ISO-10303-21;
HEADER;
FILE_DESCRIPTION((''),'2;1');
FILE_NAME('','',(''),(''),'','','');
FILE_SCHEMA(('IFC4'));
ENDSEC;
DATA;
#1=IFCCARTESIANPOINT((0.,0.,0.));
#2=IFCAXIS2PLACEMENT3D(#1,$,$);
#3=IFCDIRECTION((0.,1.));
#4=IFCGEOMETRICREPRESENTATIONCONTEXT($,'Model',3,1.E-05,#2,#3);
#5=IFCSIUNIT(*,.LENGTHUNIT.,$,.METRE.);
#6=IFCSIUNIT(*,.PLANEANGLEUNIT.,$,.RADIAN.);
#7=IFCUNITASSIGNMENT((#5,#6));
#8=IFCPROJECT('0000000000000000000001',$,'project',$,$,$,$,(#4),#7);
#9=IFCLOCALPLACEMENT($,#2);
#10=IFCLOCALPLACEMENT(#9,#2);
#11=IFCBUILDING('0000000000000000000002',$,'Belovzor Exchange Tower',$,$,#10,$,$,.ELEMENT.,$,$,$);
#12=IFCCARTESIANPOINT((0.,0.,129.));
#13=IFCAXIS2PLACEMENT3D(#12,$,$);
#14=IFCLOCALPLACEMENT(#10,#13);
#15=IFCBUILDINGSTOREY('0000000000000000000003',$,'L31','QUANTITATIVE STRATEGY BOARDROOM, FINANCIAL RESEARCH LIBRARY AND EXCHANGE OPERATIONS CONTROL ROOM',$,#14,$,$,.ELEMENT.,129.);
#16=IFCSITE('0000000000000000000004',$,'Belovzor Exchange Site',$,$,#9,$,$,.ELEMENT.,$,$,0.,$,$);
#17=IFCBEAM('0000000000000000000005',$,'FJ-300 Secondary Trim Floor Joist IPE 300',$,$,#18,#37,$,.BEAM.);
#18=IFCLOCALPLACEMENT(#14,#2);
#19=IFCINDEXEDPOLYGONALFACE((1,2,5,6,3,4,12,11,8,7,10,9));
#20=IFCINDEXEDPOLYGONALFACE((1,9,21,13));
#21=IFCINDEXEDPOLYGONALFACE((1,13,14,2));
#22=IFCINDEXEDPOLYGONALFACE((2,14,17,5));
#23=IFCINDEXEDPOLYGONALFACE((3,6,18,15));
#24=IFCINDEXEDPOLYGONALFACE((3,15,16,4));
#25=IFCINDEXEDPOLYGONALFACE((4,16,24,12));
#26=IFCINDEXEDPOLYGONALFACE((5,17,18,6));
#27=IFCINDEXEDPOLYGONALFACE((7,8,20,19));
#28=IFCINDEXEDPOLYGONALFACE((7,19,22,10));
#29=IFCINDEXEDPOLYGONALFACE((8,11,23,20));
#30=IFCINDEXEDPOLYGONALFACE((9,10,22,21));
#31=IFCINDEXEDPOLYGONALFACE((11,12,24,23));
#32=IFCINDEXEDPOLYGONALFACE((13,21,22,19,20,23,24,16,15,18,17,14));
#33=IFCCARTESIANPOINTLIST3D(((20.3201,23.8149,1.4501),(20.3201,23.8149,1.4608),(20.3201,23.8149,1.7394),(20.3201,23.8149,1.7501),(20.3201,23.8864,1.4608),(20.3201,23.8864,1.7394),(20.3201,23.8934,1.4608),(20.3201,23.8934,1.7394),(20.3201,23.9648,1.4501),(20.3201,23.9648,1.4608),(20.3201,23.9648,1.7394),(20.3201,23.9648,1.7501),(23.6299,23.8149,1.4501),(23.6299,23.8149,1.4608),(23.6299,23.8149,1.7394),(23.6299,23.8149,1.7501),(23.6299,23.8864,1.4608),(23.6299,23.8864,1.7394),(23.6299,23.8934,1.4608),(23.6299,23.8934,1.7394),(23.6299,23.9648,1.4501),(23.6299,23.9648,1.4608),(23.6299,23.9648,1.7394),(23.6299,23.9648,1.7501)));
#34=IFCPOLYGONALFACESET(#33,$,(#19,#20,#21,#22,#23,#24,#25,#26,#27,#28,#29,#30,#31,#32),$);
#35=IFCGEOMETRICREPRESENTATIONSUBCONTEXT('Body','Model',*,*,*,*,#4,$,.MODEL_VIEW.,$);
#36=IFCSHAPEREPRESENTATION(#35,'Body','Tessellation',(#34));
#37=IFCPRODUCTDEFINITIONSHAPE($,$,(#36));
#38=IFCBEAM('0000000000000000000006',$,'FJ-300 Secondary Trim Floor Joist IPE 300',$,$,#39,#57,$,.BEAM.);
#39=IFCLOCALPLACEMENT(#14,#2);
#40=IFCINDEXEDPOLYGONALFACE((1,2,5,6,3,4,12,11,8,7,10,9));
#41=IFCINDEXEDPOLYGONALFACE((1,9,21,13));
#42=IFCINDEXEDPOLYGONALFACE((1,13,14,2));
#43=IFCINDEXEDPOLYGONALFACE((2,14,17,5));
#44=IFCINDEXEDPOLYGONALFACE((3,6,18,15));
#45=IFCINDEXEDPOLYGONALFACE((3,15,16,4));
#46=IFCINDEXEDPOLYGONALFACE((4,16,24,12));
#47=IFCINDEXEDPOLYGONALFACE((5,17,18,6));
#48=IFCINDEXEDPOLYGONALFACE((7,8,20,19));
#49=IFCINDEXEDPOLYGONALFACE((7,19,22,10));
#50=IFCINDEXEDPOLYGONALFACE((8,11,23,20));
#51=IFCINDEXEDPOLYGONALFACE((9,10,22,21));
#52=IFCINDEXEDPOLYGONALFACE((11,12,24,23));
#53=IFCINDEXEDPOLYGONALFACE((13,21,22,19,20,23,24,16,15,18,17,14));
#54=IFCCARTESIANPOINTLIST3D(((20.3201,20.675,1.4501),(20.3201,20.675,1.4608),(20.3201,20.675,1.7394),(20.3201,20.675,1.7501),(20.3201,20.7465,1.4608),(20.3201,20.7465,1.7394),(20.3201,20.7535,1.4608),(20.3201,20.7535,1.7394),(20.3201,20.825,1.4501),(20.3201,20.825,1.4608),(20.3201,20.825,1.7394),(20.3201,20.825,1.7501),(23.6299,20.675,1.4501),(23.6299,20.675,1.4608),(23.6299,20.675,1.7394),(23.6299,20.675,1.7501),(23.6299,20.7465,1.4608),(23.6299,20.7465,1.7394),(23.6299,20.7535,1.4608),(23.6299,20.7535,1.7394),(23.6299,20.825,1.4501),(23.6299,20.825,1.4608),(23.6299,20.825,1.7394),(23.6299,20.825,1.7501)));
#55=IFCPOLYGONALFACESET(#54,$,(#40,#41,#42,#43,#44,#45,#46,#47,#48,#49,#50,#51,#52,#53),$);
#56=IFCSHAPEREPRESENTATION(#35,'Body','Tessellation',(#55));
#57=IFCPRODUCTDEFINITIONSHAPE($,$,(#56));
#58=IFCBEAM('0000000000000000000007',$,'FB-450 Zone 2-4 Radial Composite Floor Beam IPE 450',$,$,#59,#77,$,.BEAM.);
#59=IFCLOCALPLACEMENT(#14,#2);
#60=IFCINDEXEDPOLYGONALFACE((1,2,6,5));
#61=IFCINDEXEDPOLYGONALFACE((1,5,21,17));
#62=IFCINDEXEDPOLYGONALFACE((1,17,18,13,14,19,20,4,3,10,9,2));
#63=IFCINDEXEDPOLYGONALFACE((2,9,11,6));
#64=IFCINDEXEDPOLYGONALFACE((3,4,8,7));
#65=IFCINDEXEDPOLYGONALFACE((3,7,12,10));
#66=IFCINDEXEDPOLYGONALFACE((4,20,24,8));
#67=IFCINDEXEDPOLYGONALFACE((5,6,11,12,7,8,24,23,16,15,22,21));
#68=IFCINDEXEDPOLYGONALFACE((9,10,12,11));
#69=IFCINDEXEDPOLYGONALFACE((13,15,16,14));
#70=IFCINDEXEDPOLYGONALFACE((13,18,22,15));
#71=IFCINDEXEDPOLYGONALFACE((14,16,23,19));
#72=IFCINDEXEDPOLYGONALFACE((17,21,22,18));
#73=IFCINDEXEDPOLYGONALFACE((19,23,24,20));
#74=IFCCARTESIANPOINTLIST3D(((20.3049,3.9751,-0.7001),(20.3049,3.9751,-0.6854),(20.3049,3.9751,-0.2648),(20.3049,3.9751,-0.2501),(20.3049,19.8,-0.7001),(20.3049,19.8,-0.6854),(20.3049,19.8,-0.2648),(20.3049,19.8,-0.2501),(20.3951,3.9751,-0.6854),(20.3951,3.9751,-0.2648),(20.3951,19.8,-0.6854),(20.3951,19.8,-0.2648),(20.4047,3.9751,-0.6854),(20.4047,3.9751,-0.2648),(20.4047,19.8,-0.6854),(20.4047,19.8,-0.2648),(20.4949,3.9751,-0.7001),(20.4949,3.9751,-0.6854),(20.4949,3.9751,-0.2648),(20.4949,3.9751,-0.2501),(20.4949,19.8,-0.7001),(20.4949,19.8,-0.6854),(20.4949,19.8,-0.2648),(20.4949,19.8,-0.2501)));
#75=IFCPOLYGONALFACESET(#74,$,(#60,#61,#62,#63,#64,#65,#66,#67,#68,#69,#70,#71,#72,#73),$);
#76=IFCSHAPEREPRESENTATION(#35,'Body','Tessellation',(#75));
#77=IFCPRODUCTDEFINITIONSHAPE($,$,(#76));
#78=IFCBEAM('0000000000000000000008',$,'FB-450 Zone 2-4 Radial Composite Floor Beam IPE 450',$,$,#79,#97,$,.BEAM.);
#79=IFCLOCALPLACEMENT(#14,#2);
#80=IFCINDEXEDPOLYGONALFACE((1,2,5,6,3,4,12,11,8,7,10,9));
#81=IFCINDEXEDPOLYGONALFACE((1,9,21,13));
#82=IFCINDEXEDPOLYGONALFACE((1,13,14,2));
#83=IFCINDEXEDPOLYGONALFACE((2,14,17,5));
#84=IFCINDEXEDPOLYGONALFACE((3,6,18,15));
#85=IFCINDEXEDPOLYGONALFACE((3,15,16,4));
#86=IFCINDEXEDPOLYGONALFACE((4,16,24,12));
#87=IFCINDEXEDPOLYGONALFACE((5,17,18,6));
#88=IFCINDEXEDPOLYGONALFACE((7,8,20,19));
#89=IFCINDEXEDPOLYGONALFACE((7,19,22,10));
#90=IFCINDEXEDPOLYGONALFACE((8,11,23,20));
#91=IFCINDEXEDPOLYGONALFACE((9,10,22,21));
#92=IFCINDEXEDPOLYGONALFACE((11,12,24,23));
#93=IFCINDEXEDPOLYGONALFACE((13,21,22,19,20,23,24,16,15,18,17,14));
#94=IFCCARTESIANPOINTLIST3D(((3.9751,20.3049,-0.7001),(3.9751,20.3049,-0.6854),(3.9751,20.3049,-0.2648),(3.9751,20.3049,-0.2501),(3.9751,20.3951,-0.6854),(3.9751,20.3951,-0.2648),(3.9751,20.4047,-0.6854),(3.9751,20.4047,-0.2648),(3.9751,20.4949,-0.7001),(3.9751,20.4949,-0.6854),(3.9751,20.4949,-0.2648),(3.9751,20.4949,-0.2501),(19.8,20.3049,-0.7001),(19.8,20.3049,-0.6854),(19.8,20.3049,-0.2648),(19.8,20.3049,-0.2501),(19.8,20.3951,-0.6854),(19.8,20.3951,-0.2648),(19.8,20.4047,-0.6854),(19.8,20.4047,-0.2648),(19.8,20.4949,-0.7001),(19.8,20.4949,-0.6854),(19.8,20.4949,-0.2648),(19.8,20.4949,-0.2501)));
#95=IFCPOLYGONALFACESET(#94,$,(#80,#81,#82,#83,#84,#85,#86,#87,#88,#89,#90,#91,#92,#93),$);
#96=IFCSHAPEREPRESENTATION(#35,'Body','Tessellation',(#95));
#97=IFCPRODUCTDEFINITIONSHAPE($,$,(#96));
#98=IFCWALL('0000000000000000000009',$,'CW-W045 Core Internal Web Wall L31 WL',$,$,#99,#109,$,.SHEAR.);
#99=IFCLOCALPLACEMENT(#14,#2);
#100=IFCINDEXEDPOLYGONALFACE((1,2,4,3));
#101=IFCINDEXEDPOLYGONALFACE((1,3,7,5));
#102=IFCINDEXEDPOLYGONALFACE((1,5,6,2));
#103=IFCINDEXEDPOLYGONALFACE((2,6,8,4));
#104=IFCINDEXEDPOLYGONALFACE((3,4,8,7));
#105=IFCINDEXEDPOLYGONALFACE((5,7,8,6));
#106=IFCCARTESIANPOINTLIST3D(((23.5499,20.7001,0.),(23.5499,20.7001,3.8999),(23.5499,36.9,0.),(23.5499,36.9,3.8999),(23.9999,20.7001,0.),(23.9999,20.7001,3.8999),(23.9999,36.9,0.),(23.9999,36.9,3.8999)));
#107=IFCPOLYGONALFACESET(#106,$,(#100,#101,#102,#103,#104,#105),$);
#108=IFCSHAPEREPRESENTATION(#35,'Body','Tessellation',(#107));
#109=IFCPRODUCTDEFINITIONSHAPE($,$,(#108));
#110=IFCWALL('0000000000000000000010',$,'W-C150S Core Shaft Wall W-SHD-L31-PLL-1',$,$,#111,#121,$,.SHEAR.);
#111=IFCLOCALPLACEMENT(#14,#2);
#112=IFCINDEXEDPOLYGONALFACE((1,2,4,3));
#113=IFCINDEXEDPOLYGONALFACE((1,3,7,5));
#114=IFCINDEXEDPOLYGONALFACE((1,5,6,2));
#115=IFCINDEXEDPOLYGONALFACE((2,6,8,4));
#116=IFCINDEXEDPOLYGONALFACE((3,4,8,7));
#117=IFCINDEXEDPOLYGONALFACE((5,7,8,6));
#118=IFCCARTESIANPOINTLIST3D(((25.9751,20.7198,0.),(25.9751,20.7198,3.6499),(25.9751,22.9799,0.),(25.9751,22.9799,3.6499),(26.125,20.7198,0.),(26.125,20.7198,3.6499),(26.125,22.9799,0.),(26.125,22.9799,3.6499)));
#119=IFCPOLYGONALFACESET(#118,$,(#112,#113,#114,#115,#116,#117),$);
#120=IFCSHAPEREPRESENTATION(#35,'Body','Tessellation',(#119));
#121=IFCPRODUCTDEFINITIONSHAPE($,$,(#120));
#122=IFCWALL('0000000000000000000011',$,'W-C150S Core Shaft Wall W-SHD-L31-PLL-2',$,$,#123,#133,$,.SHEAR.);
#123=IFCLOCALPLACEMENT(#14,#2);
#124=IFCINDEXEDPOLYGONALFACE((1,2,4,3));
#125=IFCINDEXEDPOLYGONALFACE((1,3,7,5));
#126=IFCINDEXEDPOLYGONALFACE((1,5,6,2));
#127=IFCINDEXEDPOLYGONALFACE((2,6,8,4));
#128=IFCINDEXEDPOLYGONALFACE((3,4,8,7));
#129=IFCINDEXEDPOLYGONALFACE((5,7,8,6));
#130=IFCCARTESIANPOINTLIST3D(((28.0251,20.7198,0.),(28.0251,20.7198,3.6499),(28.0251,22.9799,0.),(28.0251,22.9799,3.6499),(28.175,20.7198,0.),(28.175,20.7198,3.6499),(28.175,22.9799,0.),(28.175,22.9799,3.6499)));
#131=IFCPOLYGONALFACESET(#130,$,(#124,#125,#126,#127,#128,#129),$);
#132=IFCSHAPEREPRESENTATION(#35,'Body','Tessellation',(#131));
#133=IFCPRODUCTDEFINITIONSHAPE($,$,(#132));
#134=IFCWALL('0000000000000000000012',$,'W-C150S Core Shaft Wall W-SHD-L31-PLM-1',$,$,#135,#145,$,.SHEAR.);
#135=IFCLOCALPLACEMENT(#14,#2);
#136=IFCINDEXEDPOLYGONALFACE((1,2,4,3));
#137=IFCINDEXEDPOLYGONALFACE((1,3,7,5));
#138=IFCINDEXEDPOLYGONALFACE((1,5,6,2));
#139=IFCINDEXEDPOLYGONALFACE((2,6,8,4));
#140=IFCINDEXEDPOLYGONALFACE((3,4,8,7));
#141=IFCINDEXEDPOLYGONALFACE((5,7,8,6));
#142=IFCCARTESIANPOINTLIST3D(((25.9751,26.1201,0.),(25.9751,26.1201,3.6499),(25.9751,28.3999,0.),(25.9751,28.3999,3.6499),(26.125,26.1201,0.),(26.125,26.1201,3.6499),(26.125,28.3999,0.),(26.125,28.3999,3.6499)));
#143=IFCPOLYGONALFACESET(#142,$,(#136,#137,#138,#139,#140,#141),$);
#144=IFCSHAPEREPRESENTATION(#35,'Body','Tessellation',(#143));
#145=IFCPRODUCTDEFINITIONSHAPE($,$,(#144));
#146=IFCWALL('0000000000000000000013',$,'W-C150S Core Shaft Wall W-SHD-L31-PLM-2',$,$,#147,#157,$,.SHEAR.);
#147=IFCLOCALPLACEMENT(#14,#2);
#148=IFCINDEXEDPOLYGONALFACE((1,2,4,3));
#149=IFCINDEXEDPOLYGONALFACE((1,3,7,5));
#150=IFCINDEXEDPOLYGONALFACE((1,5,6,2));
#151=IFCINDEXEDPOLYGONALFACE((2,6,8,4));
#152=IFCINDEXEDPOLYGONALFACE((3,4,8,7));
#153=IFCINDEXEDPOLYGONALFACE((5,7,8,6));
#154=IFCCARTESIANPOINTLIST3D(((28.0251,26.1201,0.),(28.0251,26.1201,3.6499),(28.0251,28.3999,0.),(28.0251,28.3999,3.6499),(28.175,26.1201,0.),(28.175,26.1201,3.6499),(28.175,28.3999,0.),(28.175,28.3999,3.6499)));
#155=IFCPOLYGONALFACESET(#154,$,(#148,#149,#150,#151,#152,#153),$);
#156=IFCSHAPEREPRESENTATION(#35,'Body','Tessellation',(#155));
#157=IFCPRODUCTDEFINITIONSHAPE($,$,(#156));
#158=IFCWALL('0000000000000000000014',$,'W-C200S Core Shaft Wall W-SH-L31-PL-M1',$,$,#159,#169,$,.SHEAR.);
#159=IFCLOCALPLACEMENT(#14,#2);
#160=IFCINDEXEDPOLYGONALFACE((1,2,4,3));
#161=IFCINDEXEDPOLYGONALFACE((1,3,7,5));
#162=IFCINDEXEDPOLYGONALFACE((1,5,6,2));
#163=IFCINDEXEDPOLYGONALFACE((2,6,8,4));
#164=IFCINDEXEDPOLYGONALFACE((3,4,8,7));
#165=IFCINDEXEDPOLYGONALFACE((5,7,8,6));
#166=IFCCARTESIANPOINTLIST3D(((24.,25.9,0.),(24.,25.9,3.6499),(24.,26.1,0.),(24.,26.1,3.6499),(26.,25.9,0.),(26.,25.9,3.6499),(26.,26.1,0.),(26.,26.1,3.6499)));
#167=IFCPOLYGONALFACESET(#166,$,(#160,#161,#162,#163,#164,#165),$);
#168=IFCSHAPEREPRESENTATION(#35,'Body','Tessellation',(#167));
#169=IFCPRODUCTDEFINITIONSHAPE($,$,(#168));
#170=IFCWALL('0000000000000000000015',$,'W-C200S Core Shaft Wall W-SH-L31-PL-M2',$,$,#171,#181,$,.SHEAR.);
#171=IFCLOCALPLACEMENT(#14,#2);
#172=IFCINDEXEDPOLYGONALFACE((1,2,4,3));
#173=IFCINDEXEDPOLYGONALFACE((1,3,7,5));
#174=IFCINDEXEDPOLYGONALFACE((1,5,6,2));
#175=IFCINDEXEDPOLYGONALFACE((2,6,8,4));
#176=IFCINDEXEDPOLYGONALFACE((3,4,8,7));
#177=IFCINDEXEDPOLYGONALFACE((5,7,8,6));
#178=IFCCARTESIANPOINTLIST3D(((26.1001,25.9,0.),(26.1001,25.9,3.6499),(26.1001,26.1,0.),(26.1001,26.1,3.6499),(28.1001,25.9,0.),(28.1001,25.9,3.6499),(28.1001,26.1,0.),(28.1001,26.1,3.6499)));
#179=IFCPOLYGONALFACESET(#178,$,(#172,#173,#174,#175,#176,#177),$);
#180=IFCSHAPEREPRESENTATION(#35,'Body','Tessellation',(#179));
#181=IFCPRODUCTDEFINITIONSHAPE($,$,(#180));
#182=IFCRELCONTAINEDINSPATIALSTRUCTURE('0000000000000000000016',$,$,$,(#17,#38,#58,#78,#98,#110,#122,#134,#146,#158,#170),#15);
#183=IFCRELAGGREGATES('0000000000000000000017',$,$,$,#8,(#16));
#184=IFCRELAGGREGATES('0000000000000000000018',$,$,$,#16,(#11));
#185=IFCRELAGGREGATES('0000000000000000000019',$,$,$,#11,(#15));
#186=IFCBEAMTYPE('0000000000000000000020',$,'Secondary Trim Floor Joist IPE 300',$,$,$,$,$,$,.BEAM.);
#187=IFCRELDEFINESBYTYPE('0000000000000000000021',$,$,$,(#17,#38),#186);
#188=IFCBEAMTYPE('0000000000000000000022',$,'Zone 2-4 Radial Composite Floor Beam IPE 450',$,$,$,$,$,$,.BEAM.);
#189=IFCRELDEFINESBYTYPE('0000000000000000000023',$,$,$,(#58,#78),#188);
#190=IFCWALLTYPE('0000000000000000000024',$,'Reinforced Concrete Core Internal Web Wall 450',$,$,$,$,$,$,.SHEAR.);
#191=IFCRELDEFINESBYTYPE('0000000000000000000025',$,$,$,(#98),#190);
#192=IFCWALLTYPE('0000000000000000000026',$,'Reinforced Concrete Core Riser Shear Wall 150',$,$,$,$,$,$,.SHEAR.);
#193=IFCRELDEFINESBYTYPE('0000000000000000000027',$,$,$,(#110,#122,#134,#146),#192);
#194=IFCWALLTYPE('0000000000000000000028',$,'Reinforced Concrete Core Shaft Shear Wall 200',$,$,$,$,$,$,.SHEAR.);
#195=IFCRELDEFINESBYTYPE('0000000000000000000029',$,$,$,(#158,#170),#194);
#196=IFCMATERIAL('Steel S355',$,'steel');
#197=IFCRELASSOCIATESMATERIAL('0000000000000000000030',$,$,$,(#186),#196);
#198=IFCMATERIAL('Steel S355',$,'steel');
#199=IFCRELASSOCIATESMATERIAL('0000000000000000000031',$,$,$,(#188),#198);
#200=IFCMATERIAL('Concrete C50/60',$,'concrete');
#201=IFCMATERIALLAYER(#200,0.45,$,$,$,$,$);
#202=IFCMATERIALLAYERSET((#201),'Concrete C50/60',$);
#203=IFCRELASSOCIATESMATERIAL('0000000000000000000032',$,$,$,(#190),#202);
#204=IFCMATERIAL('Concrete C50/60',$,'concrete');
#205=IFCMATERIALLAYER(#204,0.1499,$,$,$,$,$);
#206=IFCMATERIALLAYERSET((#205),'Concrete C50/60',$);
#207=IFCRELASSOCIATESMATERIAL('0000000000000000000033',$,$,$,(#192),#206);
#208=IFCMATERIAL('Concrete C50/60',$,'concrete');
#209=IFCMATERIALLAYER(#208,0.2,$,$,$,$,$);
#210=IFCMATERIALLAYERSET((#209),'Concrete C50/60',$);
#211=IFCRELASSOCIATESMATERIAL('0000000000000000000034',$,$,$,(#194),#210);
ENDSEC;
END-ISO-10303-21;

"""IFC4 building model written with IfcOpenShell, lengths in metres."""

from ifc_helpers import new_model, si_unit, direction, frame, frame_2d, origin, origin_2d, place, context, subcontext, project, spatial, rectangle, i_section, extrude, material, layer, layer_set, material_profile, profile_set, type_object, element, save


model = new_model("IFC4")

# Units and contexts
model_context = context("Model", 3, precision=1e-05, world=origin(), true_north=direction((0.0, 1.0)))
body_context = subcontext(model_context, "Body", "Model", "MODEL_VIEW")
ifc_project = project(units=[si_unit("LENGTHUNIT", "METRE"), si_unit("PLANEANGLEUNIT", "RADIAN")], contexts=[model_context])

# Site, building, storey
site_placement = place(None, origin())
site = spatial("IfcSite", under=ifc_project, at=site_placement, Name="Belovzor Exchange Site", CompositionType="ELEMENT", RefElevation=0.0)
building_placement = place(site_placement, origin())
building = spatial("IfcBuilding", under=site, at=building_placement, Name="Belovzor Exchange Tower", CompositionType="ELEMENT")
storey_placement = place(building_placement, frame((0.0, 0.0, 129.0)))
storey = spatial("IfcBuildingStorey", under=building, at=storey_placement, Name="L31", Description="QUANTITATIVE STRATEGY BOARDROOM, FINANCIAL RESEARCH LIBRARY AND EXCHANGE OPERATIONS CONTROL ROOM", CompositionType="ELEMENT", Elevation=129.0)

# Beams
ifc_material_1 = material(Name="Steel S355", Category="steel")
ifc_material_profile_1 = material_profile(ifc_material_1, i_section(OverallWidth=0.1499, OverallDepth=0.3, WebThickness=0.0071, FlangeThickness=0.0107, at=origin_2d()))
ifc_profile_set_1 = profile_set([ifc_material_profile_1], Name="Steel S355")
beam_type_1 = type_object("IfcBeamType", Name="Secondary Trim Floor Joist IPE 300", PredefinedType="BEAM", material=ifc_profile_set_1)
for number, where, z_axis, x_axis, name in (
    (1, (20.3201, 23.8899, 1.6001), (1.0, 0.0, 0.0), (0.0, 1.0, 0.0), "FJ-300 Secondary Trim Floor Joist IPE 300"),
    (2, (20.3201, 20.75, 1.6001), (1.0, 0.0, 0.0), (0.0, 1.0, 0.0), "FJ-300 Secondary Trim Floor Joist IPE 300"),
):
    element("IfcBeam", number, at=place(storey_placement, frame(where, z_axis=z_axis, x_axis=x_axis)), inside=storey, type_object=beam_type_1, Name=name, PredefinedType="BEAM", context=body_context, shape_type="SweptSolid", body=[
        extrude(i_section(OverallWidth=0.1499, OverallDepth=0.3, WebThickness=0.0071, FlangeThickness=0.0107, at=origin_2d()), origin(), (0.0, 0.0, 1.0), 3.3098),
    ])
ifc_material_2 = material(Name="Steel S355", Category="steel")
ifc_material_profile_2 = material_profile(ifc_material_2, i_section(OverallWidth=0.1899, OverallDepth=0.45, WebThickness=0.0095, FlangeThickness=0.0146, at=origin_2d()))
ifc_profile_set_2 = profile_set([ifc_material_profile_2], Name="Steel S355")
beam_type_2 = type_object("IfcBeamType", Name="Zone 2-4 Radial Composite Floor Beam IPE 450", PredefinedType="BEAM", material=ifc_profile_set_2)
for number, where, z_axis, x_axis, name in (
    (3, (20.3999, 19.8, -0.4751), (0.0, -1.0, 0.0), (1.0, 0.0, 0.0), "FB-450 Zone 2-4 Radial Composite Floor Beam IPE 450"),
    (4, (19.8, 20.3999, -0.4751), (-1.0, 0.0, 0.0), (0.0, -1.0, 0.0), "FB-450 Zone 2-4 Radial Composite Floor Beam IPE 450"),
):
    element("IfcBeam", number, at=place(storey_placement, frame(where, z_axis=z_axis, x_axis=x_axis)), inside=storey, type_object=beam_type_2, Name=name, PredefinedType="BEAM", context=body_context, shape_type="SweptSolid", body=[
        extrude(i_section(OverallWidth=0.1899, OverallDepth=0.45, WebThickness=0.0095, FlangeThickness=0.0146, at=origin_2d()), origin(), (0.0, 0.0, 1.0), 15.825),
    ])

# Walls
ifc_material_3 = material(Name="Concrete C50/60", Category="concrete")
ifc_layer_1 = layer(ifc_material_3, 0.45)
ifc_layer_set_1 = layer_set([ifc_layer_1], Name="Concrete C50/60")
wall_type_1 = type_object("IfcWallType", Name="Reinforced Concrete Core Internal Web Wall 450", PredefinedType="SHEAR", material=ifc_layer_set_1)
wall_1_placement = place(storey_placement, frame((23.7749, 20.7, 0.0), z_axis=(0.0, 0.0, 1.0), x_axis=(0.0, 1.0, 0.0)))
element("IfcWall", 5, at=wall_1_placement, inside=storey, type_object=wall_type_1, Name="CW-W045 Core Internal Web Wall L31 WL", PredefinedType="SHEAR", context=body_context, shape_type="SweptSolid", body=[
    extrude(rectangle(XDim=16.2, YDim=0.45, at=frame_2d((8.1001, 0.0))), origin(), (0.0, 0.0, 1.0), 3.8999),
])
ifc_material_4 = material(Name="Concrete C50/60", Category="concrete")
ifc_layer_2 = layer(ifc_material_4, 0.1499)
ifc_layer_set_2 = layer_set([ifc_layer_2], Name="Concrete C50/60")
wall_type_2 = type_object("IfcWallType", Name="Reinforced Concrete Core Riser Shear Wall 150", PredefinedType="SHEAR", material=ifc_layer_set_2)
for number, where, z_axis, x_axis, name in (
    (6, (26.05, 20.72, 0.0), (0.0, 0.0, 1.0), (0.0, 1.0, 0.0), "W-C150S Core Shaft Wall W-SHD-L31-PLL-1"),
    (7, (28.1001, 20.72, 0.0), (0.0, 0.0, 1.0), (0.0, 1.0, 0.0), "W-C150S Core Shaft Wall W-SHD-L31-PLL-2"),
):
    element("IfcWall", number, at=place(storey_placement, frame(where, z_axis=z_axis, x_axis=x_axis)), inside=storey, type_object=wall_type_2, Name=name, PredefinedType="SHEAR", context=body_context, shape_type="SweptSolid", body=[
        extrude(rectangle(XDim=2.26, YDim=0.1499, at=frame_2d((1.1299, 0.0))), origin(), (0.0, 0.0, 1.0), 3.6499),
    ])
for number, where, z_axis, x_axis, name in (
    (8, (26.05, 26.1201, 0.0), (0.0, 0.0, 1.0), (0.0, 1.0, 0.0), "W-C150S Core Shaft Wall W-SHD-L31-PLM-1"),
    (9, (28.1001, 26.1201, 0.0), (0.0, 0.0, 1.0), (0.0, 1.0, 0.0), "W-C150S Core Shaft Wall W-SHD-L31-PLM-2"),
):
    element("IfcWall", number, at=place(storey_placement, frame(where, z_axis=z_axis, x_axis=x_axis)), inside=storey, type_object=wall_type_2, Name=name, PredefinedType="SHEAR", context=body_context, shape_type="SweptSolid", body=[
        extrude(rectangle(XDim=2.2798, YDim=0.1499, at=frame_2d((1.1399, 0.0))), origin(), (0.0, 0.0, 1.0), 3.6499),
    ])

# Shared definitions
ifc_material_5 = material(Name="Concrete C50/60", Category="concrete")
ifc_layer_3 = layer(ifc_material_5, 0.2)
ifc_layer_set_3 = layer_set([ifc_layer_3], Name="Concrete C50/60")
wall_type_3 = type_object("IfcWallType", Name="Reinforced Concrete Core Shaft Shear Wall 200", PredefinedType="SHEAR", material=ifc_layer_set_3)

# Walls
for number, where, z_axis, x_axis, name in (
    (10, (24.0, 26.0, 0.0), (0.0, 0.0, 1.0), (1.0, 0.0, 0.0), "W-C200S Core Shaft Wall W-SH-L31-PL-M1"),
    (11, (26.1001, 26.0, 0.0), (0.0, 0.0, 1.0), (1.0, 0.0, 0.0), "W-C200S Core Shaft Wall W-SH-L31-PL-M2"),
):
    element("IfcWall", number, at=place(storey_placement, frame(where, z_axis=z_axis, x_axis=x_axis)), inside=storey, type_object=wall_type_3, Name=name, PredefinedType="SHEAR", context=body_context, shape_type="SweptSolid", body=[
        extrude(rectangle(XDim=2.0, YDim=0.2, at=frame_2d((1.0, 0.0))), origin(), (0.0, 0.0, 1.0), 3.6499),
    ])

save(model, "model.ifc")
